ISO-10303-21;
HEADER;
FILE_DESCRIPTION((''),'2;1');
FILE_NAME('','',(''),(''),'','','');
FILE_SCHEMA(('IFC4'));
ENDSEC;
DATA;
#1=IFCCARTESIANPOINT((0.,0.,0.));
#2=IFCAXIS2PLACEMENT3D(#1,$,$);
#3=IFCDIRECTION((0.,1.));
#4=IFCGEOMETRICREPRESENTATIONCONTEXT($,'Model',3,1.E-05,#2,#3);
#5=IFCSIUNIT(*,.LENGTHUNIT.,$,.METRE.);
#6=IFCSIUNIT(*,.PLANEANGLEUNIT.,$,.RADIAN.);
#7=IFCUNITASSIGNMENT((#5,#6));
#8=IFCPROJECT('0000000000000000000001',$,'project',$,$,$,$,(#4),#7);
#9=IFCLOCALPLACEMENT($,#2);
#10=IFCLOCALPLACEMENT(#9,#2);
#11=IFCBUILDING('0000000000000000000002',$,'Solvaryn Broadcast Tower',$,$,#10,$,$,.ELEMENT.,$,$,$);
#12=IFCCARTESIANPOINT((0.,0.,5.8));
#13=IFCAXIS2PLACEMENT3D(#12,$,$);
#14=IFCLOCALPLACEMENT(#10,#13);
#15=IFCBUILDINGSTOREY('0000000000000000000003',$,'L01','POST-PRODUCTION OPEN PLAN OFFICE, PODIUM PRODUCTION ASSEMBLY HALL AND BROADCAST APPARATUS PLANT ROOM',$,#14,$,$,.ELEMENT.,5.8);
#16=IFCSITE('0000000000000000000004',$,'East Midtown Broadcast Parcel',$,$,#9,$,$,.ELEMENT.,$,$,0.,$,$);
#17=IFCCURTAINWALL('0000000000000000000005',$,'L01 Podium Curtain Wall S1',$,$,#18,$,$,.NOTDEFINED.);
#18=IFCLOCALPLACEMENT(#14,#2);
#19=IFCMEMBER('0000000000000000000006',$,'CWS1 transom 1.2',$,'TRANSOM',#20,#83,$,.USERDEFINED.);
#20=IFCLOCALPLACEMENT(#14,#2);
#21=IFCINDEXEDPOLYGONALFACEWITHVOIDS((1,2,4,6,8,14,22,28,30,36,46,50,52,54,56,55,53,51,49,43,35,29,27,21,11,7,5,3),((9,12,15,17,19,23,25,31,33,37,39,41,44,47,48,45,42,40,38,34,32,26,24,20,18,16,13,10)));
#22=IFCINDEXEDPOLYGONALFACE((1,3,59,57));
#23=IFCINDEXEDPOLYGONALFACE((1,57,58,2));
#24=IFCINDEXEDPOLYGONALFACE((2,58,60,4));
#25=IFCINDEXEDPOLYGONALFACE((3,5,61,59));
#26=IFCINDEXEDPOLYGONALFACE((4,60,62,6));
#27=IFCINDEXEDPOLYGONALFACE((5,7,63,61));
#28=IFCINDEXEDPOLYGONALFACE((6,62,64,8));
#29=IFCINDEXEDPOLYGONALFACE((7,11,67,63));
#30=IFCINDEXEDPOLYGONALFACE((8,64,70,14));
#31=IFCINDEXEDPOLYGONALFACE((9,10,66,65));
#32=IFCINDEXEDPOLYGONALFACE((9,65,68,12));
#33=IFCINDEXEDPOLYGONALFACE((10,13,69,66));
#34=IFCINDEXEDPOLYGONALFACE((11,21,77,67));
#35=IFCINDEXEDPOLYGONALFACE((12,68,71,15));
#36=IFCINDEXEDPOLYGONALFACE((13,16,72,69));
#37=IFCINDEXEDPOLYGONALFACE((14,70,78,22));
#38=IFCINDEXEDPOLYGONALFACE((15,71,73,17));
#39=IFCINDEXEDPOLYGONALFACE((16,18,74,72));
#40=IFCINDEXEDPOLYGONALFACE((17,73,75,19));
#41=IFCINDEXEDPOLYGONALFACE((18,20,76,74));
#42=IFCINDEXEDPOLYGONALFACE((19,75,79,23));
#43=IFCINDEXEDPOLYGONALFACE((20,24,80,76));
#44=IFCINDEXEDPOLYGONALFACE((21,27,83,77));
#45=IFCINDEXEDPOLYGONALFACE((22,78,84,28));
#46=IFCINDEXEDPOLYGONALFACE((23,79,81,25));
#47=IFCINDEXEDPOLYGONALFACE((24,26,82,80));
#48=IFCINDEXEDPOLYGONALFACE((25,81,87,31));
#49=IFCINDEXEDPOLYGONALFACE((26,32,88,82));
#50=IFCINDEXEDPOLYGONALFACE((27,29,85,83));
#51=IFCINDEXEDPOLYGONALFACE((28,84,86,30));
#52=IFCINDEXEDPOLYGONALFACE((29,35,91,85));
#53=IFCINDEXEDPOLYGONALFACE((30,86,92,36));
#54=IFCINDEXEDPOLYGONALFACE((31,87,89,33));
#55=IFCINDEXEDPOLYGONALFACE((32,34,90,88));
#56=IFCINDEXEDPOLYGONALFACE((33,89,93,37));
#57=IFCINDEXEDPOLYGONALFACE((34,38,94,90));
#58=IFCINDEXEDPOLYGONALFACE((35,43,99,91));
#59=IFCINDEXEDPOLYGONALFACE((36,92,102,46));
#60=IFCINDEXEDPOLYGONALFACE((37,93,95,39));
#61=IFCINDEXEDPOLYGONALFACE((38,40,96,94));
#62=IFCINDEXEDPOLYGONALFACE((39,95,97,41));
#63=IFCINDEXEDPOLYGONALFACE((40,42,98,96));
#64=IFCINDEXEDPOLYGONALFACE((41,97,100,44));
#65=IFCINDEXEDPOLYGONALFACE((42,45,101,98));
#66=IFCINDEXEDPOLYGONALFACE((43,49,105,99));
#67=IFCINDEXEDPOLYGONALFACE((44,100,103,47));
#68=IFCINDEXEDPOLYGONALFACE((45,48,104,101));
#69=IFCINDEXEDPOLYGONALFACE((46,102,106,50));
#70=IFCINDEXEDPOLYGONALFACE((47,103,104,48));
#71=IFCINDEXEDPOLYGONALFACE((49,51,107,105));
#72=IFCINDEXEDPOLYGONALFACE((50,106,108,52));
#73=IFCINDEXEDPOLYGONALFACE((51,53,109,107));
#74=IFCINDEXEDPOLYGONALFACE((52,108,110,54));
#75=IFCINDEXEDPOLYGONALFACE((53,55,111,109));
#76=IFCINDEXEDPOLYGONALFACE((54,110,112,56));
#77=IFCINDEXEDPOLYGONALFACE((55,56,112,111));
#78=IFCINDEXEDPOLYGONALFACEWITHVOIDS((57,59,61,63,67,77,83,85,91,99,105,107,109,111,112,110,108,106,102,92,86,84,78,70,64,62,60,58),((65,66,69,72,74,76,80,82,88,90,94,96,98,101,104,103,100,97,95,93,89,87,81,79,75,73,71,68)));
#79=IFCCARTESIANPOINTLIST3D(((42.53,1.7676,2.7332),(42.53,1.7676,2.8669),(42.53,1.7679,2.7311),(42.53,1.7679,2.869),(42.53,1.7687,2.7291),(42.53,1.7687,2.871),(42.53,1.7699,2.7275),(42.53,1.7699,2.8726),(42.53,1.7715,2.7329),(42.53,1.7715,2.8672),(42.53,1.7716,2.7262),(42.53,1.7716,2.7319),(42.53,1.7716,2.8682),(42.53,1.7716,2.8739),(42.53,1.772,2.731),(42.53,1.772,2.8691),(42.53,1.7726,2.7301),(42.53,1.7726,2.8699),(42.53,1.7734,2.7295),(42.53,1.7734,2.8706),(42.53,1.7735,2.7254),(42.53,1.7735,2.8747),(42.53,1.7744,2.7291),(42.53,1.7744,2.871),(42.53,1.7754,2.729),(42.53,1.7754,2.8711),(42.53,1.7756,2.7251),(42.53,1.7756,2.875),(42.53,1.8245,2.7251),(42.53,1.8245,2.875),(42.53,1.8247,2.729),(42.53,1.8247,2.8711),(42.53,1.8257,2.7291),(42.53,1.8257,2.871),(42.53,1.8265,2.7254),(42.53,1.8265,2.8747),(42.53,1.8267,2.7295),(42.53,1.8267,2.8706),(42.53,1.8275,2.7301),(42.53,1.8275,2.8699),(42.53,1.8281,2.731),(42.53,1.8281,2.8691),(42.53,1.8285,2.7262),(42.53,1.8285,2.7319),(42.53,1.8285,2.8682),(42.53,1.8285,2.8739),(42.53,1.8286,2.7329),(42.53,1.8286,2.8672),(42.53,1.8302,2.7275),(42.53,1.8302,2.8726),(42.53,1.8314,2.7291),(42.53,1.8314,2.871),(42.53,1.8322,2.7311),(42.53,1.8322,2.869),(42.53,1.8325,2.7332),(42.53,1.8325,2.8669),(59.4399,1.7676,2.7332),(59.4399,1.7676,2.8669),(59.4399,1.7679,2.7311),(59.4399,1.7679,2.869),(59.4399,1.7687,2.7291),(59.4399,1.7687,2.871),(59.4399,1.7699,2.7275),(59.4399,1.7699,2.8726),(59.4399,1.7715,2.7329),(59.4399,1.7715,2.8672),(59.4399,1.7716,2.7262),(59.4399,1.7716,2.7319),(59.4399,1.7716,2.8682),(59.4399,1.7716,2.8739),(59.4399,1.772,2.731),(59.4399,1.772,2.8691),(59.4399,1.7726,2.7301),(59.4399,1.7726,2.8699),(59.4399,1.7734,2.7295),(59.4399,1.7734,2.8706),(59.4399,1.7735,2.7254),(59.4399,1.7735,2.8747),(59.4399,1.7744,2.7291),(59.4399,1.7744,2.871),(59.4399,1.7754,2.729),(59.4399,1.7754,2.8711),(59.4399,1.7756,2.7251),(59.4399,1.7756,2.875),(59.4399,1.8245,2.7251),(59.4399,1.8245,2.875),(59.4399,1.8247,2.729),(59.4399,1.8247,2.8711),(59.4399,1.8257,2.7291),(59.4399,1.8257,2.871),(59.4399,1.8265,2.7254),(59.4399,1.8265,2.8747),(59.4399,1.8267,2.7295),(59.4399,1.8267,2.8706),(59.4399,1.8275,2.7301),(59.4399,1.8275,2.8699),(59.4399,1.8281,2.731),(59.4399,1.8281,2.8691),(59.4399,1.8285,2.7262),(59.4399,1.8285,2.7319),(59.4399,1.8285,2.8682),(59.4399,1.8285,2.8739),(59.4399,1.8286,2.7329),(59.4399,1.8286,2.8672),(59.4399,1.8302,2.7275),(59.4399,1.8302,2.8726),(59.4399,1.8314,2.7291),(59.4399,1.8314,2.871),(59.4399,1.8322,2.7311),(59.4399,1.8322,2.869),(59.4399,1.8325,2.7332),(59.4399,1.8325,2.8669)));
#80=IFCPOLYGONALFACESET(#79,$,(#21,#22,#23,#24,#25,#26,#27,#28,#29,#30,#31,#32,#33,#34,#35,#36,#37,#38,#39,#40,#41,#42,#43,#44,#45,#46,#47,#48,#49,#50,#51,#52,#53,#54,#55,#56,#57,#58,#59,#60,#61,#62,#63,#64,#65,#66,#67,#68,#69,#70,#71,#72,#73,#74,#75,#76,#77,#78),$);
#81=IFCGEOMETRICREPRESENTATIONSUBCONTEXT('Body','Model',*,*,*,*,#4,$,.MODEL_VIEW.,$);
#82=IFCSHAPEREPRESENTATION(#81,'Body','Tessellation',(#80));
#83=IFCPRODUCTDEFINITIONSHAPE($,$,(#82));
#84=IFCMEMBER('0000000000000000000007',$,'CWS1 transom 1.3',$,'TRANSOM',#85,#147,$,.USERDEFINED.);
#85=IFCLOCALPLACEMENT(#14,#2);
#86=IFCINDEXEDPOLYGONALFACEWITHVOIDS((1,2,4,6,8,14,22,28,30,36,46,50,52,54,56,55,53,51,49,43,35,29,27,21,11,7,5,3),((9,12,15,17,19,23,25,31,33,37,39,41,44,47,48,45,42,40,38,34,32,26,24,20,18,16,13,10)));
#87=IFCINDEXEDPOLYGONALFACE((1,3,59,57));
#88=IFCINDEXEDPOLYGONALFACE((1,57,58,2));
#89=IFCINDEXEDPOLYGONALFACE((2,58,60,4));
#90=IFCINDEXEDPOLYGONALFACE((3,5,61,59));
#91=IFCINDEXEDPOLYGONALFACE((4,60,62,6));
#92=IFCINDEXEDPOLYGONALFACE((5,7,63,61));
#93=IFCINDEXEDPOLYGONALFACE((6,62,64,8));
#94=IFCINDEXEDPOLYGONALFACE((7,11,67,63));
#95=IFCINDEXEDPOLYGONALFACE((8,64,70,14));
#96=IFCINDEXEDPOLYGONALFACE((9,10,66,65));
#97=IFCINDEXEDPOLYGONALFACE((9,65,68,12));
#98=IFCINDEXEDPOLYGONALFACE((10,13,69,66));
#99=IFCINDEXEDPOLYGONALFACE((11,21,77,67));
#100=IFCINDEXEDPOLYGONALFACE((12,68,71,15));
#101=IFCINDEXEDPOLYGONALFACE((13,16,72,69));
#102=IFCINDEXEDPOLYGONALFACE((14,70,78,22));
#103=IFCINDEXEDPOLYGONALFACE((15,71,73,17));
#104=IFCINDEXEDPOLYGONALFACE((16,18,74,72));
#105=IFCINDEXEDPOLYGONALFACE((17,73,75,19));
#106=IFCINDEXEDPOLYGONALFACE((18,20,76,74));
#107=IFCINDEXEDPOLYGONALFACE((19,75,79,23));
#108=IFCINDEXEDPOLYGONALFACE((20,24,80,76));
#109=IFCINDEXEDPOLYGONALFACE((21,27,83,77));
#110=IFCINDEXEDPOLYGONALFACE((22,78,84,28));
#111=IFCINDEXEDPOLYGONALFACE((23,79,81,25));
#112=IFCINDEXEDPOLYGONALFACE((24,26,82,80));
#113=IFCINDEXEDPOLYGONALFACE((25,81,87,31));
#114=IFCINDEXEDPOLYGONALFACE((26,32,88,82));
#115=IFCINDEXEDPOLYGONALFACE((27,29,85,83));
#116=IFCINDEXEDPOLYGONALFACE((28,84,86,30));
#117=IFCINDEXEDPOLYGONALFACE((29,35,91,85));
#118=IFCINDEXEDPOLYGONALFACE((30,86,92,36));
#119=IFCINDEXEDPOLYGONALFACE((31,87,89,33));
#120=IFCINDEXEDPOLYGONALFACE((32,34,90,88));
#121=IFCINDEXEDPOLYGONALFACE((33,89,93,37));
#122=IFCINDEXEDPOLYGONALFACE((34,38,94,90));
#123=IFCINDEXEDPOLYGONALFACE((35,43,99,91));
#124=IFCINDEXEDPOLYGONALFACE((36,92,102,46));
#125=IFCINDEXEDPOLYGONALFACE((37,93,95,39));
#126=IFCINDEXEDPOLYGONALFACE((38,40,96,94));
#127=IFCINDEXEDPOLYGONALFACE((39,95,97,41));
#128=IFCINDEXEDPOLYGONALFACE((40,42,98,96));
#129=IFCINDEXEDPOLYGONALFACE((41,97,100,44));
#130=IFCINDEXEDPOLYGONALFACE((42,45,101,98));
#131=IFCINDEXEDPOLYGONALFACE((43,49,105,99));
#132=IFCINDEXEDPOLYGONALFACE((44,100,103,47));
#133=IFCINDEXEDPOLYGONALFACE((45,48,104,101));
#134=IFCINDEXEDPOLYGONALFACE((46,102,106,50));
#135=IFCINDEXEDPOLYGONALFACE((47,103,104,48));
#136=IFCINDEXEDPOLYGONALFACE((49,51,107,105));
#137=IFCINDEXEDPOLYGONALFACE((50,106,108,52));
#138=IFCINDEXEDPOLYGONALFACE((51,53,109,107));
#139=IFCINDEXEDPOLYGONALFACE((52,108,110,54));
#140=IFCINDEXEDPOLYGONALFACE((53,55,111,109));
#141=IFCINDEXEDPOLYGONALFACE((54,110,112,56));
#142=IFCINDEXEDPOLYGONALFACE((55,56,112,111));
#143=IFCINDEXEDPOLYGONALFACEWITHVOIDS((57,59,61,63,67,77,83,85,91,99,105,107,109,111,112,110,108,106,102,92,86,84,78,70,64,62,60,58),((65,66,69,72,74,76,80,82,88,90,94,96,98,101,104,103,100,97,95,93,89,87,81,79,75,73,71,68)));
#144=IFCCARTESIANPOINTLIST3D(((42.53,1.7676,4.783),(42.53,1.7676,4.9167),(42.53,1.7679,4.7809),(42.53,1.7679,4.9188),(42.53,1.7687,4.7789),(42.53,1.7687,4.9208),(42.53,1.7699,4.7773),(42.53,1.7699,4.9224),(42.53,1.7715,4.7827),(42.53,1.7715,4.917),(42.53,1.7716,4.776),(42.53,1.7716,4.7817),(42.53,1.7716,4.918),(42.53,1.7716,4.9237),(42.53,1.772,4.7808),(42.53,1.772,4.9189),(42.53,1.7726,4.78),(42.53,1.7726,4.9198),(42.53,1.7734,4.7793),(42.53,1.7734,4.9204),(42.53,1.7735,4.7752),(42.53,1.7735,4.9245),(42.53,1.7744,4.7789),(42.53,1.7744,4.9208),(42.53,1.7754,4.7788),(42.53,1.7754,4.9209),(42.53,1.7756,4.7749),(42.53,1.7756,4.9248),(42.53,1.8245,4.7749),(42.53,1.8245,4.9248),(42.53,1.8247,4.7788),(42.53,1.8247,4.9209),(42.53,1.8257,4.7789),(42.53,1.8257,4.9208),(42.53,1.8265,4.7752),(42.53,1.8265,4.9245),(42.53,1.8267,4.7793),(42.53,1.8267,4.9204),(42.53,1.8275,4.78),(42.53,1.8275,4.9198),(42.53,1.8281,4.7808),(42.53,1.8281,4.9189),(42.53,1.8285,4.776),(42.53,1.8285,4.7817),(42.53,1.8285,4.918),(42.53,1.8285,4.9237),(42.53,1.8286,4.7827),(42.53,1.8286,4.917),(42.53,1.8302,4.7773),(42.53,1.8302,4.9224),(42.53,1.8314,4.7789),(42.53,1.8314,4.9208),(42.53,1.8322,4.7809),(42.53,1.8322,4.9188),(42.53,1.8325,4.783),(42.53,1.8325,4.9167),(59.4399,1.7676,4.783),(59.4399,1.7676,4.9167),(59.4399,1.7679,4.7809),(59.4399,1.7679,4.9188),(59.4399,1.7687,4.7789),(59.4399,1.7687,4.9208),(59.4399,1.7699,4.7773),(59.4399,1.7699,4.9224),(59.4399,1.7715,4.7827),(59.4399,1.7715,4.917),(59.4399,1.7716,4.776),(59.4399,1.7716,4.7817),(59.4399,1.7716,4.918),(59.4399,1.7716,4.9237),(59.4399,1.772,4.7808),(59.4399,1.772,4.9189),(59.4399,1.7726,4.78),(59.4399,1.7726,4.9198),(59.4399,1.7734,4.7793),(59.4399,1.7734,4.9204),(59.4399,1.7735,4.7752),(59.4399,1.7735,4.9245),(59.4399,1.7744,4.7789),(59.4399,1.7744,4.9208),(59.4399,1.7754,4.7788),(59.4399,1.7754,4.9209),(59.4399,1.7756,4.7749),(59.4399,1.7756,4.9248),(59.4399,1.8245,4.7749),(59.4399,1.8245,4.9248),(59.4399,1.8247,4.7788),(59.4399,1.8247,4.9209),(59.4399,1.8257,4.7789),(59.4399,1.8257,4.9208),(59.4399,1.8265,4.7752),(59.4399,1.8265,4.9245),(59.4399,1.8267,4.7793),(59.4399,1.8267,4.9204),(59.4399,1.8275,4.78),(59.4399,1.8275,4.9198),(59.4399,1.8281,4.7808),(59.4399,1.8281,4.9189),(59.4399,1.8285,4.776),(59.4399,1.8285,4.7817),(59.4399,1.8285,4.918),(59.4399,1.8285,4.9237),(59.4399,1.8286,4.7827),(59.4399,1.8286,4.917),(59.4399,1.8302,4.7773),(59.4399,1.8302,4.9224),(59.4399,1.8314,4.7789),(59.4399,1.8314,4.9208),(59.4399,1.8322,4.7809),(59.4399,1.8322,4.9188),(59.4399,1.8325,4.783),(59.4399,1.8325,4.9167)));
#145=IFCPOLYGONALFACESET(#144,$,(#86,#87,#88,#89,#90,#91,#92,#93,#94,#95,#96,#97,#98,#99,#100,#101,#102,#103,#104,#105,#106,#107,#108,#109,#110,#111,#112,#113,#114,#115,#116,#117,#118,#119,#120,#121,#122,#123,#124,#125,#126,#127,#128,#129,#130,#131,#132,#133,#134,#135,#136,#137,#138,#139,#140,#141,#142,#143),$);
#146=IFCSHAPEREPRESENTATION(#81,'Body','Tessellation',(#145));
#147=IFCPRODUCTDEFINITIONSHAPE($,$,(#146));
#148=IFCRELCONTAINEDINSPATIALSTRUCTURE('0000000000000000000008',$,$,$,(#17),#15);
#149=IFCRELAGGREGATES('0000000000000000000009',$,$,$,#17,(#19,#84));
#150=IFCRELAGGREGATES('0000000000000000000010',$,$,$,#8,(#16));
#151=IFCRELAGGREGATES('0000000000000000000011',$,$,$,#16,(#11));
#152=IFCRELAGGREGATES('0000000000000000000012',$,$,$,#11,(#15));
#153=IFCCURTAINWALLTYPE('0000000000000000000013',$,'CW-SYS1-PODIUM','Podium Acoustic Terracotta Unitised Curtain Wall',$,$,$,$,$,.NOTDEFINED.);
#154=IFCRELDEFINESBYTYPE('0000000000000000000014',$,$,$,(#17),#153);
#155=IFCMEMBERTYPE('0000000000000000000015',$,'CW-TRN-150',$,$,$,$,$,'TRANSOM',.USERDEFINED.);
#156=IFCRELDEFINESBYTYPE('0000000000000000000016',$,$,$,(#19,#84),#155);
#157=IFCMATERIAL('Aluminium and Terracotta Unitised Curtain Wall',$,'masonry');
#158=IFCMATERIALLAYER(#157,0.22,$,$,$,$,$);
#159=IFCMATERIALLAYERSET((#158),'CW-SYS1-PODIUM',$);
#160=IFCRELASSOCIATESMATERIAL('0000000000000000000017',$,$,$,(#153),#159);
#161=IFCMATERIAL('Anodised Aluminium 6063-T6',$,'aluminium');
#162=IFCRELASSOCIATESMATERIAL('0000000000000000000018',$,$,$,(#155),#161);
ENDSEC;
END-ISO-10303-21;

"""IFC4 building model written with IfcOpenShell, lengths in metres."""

from ifc_helpers import new_model, si_unit, direction, frame, origin, origin_2d, place, context, subcontext, project, spatial, hollow_rectangle, extrude, material, layer, layer_set, material_profile, profile_set, type_object, element, aggregate, save


model = new_model("IFC4")

# Units and contexts
model_context = context("Model", 3, precision=1e-05, world=origin(), true_north=direction((0.0, 1.0)))
body_context = subcontext(model_context, "Body", "Model", "MODEL_VIEW")
ifc_project = project(units=[si_unit("LENGTHUNIT", "METRE"), si_unit("PLANEANGLEUNIT", "RADIAN")], contexts=[model_context])

# Site, building, storey
site_placement = place(None, origin())
site = spatial("IfcSite", under=ifc_project, at=site_placement, Name="East Midtown Broadcast Parcel", CompositionType="ELEMENT", RefElevation=0.0)
building_placement = place(site_placement, origin())
building = spatial("IfcBuilding", under=site, at=building_placement, Name="Solvaryn Broadcast Tower", CompositionType="ELEMENT")
storey_placement = place(building_placement, frame((0.0, 0.0, 5.8)))
storey = spatial("IfcBuildingStorey", under=building, at=storey_placement, Name="L01", Description="POST-PRODUCTION OPEN PLAN OFFICE, PODIUM PRODUCTION ASSEMBLY HALL AND BROADCAST APPARATUS PLANT ROOM", CompositionType="ELEMENT", Elevation=5.8)

# Curtain wall
ifc_material_1 = material(Name="Aluminium and Terracotta Unitised Curtain Wall", Category="masonry")
ifc_layer_1 = layer(ifc_material_1, 0.22)
ifc_layer_set_1 = layer_set([ifc_layer_1], Name="CW-SYS1-PODIUM")
curtain_wall_type = type_object("IfcCurtainWallType", Name="CW-SYS1-PODIUM", Description="Podium Acoustic Terracotta Unitised Curtain Wall", PredefinedType="NOTDEFINED", material=ifc_layer_set_1)
curtain_wall_1_placement = place(storey_placement, origin())
curtain_wall_1 = element("IfcCurtainWall", 1, at=curtain_wall_1_placement, inside=storey, type_object=curtain_wall_type, Name="L01 Podium Curtain Wall S1", PredefinedType="NOTDEFINED")

# Members
ifc_material_2 = material(Name="Anodised Aluminium 6063-T6", Category="aluminium")
ifc_material_profile_1 = material_profile(ifc_material_2, hollow_rectangle(XDim=0.0649, YDim=0.1499, WallThickness=0.0039, InnerFilletRadius=0.0039, OuterFilletRadius=0.0081, at=origin_2d()))
ifc_profile_set_1 = profile_set([ifc_material_profile_1], Name="Anodised Aluminium 6063-T6")
member_type_1 = type_object("IfcMemberType", Name="CW-TRN-150", ElementType="TRANSOM", PredefinedType="USERDEFINED", material=ifc_profile_set_1)
member_1_placement = place(storey_placement, frame((59.4399, 1.8, 2.8), z_axis=(-1.0, 0.0, 0.0), x_axis=(0.0, -1.0, 0.0)))
member_1 = element("IfcMember", 2, at=member_1_placement, type_object=member_type_1, Name="CWS1 transom 1.2", ObjectType="TRANSOM", PredefinedType="USERDEFINED", context=body_context, shape_type="SweptSolid", body=[
    extrude(hollow_rectangle(XDim=0.0649, YDim=0.1499, WallThickness=0.0039, InnerFilletRadius=0.0039, OuterFilletRadius=0.0081, at=origin_2d()), origin(), (0.0, 0.0, 1.0), 16.9099),
])
member_2_placement = place(storey_placement, frame((59.4399, 1.8, 4.8499), z_axis=(-1.0, 0.0, 0.0), x_axis=(0.0, -1.0, 0.0)))
member_2 = element("IfcMember", 3, at=member_2_placement, type_object=member_type_1, Name="CWS1 transom 1.3", ObjectType="TRANSOM", PredefinedType="USERDEFINED", context=body_context, shape_type="SweptSolid", body=[
    extrude(hollow_rectangle(XDim=0.0649, YDim=0.1499, WallThickness=0.0039, InnerFilletRadius=0.0039, OuterFilletRadius=0.0081, at=origin_2d()), origin(), (0.0, 0.0, 1.0), 16.9099),
])
aggregate(curtain_wall_1, [member_1, member_2])

save(model, "model.ifc")
